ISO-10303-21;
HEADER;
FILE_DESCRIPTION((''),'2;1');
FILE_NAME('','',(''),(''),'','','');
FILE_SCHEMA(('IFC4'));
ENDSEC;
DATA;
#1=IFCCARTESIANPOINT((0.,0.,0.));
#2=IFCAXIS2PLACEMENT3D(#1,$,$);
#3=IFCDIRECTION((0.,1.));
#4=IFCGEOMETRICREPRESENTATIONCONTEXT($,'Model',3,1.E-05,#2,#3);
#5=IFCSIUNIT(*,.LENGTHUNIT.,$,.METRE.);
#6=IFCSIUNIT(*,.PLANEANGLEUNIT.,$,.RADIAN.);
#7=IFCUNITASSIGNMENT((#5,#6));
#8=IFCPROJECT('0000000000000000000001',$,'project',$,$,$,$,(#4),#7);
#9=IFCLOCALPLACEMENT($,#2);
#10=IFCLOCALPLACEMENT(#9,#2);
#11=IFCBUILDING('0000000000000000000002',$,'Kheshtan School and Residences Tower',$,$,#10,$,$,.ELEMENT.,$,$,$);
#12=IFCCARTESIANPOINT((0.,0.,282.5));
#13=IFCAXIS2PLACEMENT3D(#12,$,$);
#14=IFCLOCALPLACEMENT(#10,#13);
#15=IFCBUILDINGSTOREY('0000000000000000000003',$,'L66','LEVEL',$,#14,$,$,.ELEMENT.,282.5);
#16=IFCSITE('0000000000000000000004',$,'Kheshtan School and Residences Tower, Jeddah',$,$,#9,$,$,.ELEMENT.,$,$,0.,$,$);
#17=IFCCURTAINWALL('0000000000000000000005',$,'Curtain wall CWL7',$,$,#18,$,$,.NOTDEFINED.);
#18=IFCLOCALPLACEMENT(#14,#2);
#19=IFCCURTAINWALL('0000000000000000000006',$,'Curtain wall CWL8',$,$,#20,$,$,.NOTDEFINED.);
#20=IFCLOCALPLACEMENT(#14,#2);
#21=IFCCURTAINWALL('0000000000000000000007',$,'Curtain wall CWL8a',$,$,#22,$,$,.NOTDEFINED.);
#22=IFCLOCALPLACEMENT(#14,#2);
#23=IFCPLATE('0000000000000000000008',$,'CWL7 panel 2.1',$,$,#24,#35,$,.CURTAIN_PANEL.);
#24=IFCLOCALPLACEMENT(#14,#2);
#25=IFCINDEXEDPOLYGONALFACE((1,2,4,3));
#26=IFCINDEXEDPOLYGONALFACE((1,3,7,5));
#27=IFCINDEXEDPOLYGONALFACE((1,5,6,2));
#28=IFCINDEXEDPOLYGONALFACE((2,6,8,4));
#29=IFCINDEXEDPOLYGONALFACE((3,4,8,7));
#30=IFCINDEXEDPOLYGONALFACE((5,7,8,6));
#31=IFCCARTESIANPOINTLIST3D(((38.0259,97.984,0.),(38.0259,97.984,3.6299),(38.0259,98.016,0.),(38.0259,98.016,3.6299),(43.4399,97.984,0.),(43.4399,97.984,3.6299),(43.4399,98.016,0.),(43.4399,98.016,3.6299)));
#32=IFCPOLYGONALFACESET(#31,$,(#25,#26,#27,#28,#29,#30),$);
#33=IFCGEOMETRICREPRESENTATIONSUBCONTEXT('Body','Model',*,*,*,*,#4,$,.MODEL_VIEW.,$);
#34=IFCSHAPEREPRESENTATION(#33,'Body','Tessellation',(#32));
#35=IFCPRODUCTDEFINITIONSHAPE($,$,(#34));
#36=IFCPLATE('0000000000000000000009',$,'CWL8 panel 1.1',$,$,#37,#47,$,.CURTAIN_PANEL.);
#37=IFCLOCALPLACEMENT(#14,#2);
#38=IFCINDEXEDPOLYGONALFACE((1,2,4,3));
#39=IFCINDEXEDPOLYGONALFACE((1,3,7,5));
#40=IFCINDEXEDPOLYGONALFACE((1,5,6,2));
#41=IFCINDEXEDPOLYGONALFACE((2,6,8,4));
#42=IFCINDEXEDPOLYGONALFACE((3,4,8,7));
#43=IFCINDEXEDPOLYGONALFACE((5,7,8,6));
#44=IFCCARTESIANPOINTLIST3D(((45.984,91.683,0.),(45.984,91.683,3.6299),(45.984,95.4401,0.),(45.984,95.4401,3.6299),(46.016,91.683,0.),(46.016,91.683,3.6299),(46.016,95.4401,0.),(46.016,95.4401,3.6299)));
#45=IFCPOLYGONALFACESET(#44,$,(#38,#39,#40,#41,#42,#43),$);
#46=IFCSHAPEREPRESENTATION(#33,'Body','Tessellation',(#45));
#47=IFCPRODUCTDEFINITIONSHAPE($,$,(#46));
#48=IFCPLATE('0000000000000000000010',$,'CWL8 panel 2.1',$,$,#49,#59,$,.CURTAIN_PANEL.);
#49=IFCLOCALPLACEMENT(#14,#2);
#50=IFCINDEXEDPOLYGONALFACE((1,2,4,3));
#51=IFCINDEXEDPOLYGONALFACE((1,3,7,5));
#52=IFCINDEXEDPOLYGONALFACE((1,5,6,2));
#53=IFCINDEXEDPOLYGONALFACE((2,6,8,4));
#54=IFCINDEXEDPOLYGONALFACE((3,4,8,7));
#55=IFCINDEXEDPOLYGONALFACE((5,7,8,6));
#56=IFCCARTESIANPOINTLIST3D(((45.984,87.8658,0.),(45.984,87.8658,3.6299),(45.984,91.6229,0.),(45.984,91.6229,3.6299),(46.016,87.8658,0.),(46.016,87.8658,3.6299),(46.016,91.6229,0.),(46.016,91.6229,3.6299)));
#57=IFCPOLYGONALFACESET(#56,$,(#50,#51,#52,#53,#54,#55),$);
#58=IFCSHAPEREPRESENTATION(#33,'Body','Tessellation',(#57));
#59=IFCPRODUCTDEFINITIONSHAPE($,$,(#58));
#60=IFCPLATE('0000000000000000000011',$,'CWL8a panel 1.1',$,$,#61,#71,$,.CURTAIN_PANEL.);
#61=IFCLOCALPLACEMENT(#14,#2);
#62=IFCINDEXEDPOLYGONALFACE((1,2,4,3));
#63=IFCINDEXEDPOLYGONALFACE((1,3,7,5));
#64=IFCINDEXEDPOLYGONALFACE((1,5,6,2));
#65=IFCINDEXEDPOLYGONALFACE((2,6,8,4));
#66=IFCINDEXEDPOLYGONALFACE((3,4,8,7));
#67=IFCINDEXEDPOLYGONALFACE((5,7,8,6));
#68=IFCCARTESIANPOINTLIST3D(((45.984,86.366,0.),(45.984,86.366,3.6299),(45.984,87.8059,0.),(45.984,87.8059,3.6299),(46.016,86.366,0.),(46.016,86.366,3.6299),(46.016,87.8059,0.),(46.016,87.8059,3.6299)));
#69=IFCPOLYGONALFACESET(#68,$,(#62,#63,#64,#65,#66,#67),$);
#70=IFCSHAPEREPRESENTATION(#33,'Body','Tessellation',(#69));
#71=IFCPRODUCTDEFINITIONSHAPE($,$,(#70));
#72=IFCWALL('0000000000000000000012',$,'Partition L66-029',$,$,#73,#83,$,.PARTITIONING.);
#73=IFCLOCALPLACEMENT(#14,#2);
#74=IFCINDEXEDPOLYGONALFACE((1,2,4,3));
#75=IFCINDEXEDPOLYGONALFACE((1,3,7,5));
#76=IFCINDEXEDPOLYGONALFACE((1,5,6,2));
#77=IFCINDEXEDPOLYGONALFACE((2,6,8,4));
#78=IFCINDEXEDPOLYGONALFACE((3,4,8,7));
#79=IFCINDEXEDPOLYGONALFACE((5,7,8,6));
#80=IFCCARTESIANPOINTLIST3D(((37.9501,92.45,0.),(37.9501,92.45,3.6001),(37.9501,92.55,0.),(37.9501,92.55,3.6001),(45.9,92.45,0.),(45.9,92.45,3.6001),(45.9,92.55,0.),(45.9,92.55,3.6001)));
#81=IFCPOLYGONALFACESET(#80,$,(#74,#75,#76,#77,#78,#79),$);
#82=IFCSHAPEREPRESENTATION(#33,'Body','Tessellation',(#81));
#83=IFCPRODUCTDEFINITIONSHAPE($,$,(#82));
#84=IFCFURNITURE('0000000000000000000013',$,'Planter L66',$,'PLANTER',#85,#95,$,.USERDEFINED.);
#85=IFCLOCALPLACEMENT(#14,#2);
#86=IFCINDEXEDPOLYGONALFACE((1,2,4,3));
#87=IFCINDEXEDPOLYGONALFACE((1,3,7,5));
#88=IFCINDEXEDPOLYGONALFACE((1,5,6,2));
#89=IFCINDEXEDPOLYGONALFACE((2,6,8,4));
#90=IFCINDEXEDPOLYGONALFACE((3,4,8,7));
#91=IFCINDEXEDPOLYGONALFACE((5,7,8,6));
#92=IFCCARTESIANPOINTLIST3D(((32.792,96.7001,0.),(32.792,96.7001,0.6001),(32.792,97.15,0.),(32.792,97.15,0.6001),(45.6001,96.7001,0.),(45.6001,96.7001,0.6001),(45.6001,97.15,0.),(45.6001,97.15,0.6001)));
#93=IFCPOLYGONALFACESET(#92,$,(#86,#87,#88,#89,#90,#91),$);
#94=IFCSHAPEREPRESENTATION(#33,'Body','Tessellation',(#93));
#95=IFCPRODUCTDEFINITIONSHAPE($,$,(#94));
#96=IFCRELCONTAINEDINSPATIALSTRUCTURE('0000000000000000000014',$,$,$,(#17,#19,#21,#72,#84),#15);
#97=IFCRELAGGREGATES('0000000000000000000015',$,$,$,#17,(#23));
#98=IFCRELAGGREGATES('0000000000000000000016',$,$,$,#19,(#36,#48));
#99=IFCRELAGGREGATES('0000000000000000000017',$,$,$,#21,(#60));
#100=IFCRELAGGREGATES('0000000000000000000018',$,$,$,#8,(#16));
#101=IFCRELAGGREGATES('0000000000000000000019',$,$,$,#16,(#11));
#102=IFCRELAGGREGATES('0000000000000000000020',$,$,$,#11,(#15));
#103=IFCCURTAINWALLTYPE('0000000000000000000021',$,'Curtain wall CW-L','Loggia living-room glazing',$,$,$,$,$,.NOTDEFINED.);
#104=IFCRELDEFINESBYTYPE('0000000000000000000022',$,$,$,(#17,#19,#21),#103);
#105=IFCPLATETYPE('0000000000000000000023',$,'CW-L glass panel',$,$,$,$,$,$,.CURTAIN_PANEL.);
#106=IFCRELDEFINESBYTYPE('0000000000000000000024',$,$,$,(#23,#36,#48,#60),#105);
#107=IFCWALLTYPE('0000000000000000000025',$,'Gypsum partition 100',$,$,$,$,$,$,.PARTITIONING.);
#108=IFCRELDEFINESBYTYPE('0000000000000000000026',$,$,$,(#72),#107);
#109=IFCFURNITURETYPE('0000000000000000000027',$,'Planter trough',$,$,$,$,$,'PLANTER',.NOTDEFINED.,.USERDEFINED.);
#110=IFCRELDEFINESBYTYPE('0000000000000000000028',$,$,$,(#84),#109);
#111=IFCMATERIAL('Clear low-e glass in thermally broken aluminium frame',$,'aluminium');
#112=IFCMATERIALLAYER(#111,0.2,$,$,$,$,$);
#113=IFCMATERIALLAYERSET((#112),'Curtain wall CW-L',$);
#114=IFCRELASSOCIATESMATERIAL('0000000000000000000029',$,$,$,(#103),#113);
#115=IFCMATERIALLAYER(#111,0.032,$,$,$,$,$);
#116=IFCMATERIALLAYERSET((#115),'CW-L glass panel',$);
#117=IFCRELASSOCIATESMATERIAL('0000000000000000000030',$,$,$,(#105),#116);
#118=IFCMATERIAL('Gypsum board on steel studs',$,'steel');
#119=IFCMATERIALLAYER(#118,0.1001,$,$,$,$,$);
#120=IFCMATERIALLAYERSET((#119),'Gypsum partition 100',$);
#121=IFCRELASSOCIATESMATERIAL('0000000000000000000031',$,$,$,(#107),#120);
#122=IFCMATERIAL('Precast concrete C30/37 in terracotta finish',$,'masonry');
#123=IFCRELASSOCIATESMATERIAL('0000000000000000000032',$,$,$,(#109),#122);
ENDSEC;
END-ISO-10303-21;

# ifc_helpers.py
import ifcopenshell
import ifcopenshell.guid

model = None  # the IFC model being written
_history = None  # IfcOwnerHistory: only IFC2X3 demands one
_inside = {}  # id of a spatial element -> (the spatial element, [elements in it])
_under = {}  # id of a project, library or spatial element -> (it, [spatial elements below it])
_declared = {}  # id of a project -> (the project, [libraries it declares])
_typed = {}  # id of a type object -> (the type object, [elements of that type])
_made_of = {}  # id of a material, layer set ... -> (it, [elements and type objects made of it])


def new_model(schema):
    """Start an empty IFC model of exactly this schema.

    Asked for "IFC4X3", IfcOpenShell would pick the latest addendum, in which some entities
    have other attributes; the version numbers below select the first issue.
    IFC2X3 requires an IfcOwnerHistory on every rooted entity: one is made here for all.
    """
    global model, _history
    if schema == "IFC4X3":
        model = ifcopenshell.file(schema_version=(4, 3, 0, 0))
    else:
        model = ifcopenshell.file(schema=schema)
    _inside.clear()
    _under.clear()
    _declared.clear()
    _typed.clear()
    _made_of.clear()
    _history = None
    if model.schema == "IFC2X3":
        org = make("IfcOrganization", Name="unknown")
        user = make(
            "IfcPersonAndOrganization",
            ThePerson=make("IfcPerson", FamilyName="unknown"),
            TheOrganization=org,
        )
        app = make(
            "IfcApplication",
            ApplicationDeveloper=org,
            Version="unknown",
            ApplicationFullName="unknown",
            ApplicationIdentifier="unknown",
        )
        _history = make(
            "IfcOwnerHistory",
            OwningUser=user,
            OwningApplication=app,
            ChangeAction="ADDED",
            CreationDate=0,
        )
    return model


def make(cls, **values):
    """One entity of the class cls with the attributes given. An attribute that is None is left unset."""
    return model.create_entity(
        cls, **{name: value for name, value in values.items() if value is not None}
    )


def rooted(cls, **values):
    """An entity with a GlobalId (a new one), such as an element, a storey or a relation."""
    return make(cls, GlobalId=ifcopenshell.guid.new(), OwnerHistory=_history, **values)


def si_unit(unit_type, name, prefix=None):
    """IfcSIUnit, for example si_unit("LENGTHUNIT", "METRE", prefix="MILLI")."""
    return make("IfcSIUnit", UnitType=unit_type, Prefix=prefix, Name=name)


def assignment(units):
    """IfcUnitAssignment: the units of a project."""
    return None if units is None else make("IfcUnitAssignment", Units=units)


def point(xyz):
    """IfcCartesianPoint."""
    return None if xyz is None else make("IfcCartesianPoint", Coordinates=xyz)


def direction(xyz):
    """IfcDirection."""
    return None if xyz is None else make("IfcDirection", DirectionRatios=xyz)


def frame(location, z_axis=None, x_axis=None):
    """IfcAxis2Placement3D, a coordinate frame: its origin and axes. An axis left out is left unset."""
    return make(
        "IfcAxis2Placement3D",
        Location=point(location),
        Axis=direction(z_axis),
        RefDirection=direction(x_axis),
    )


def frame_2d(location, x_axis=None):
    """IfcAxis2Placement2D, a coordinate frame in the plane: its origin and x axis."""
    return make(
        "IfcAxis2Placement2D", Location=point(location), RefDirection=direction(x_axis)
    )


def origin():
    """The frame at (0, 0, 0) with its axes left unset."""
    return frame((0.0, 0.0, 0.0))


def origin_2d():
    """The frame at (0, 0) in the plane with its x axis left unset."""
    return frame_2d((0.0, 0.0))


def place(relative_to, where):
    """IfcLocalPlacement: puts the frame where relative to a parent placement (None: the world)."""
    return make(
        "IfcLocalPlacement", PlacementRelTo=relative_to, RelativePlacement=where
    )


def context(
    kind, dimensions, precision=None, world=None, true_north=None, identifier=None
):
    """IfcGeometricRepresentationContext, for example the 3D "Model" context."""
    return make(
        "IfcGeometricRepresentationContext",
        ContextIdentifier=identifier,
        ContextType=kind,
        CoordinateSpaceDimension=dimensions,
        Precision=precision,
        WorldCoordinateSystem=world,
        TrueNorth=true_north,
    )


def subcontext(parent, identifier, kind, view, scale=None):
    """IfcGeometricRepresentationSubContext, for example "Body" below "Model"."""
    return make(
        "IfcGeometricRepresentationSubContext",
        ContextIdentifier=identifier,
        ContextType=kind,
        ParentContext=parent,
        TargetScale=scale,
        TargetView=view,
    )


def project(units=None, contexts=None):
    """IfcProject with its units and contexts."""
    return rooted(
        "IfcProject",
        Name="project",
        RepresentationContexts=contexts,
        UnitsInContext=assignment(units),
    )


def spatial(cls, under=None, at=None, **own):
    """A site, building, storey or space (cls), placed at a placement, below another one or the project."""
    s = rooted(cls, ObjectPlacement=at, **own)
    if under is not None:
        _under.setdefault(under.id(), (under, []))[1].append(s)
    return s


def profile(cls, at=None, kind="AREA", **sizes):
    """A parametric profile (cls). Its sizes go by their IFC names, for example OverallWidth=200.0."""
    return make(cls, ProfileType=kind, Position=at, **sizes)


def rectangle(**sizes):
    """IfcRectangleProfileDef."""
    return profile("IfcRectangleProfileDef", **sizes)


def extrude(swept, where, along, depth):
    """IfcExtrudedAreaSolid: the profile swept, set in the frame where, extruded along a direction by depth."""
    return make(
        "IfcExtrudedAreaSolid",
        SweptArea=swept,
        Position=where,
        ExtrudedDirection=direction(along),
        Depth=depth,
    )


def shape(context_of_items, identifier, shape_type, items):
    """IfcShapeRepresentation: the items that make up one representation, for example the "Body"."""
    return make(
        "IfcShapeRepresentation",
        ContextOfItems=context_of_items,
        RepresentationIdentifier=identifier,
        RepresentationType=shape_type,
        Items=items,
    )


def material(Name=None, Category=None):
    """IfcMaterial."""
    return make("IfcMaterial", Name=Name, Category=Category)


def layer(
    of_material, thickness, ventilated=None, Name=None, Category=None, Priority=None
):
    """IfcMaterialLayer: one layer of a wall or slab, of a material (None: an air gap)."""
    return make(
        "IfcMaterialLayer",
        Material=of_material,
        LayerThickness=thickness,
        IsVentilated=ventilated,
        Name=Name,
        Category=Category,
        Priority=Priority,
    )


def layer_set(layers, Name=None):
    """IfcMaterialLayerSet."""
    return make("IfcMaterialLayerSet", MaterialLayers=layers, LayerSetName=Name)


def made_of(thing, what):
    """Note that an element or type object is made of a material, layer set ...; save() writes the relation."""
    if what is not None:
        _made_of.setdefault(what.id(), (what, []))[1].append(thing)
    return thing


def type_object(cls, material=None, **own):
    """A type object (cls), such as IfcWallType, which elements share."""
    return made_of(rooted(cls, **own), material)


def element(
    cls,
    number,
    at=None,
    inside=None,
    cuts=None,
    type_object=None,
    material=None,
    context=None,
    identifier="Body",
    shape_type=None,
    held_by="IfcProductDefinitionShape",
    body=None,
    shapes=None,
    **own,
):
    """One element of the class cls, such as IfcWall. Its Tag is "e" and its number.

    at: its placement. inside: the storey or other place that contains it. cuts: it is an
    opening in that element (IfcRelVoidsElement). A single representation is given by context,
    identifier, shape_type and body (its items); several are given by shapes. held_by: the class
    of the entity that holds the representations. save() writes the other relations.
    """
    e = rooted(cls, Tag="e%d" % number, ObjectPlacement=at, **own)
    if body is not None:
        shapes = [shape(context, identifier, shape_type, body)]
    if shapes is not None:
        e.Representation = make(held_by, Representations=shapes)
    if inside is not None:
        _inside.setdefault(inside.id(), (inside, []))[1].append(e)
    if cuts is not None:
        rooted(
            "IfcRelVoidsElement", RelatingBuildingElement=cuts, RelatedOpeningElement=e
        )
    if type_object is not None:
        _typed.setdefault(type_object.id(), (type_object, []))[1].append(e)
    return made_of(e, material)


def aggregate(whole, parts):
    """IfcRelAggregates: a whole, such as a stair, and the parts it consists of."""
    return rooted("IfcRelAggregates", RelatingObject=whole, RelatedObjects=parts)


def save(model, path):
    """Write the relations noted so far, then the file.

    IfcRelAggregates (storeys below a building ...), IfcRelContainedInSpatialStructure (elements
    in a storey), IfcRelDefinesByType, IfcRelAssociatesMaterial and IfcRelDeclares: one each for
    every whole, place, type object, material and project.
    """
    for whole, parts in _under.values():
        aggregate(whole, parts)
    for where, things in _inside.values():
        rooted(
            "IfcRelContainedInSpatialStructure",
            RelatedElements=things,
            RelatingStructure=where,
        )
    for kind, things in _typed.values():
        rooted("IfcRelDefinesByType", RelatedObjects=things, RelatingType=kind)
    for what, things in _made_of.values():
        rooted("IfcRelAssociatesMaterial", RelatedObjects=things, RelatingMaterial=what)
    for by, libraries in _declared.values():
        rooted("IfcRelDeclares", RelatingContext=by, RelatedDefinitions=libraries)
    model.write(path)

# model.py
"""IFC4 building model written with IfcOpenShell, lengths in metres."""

from ifc_helpers import new_model, si_unit, direction, frame, frame_2d, origin, origin_2d, place, context, subcontext, project, spatial, rectangle, extrude, material, layer, layer_set, type_object, element, aggregate, save


model = new_model("IFC4")

# Units and contexts
model_context = context("Model", 3, precision=1e-05, world=origin(), true_north=direction((0.0, 1.0)))
body_context = subcontext(model_context, "Body", "Model", "MODEL_VIEW")
ifc_project = project(units=[si_unit("LENGTHUNIT", "METRE"), si_unit("PLANEANGLEUNIT", "RADIAN")], contexts=[model_context])

# Site, building, storey
site_placement = place(None, origin())
site = spatial("IfcSite", under=ifc_project, at=site_placement, Name="Kheshtan School and Residences Tower, Jeddah", CompositionType="ELEMENT", RefElevation=0.0)
building_placement = place(site_placement, origin())
building = spatial("IfcBuilding", under=site, at=building_placement, Name="Kheshtan School and Residences Tower", CompositionType="ELEMENT")
storey_placement = place(building_placement, frame((0.0, 0.0, 282.5)))
storey = spatial("IfcBuildingStorey", under=building, at=storey_placement, Name="L66", Description="LEVEL", CompositionType="ELEMENT", Elevation=282.5)

# Curtain walls
ifc_material_1 = material(Name="Clear low-e glass in thermally broken aluminium frame", Category="aluminium")
ifc_layer_1 = layer(ifc_material_1, 0.2)
ifc_layer_set_1 = layer_set([ifc_layer_1], Name="Curtain wall CW-L")
curtain_wall_type = type_object("IfcCurtainWallType", Name="Curtain wall CW-L", Description="Loggia living-room glazing", PredefinedType="NOTDEFINED", material=ifc_layer_set_1)
curtain_wall_1_placement = place(storey_placement, origin())
curtain_wall_1 = element("IfcCurtainWall", 1, at=curtain_wall_1_placement, inside=storey, type_object=curtain_wall_type, Name="Curtain wall CWL7", PredefinedType="NOTDEFINED")
curtain_wall_2_placement = place(storey_placement, origin())
curtain_wall_2 = element("IfcCurtainWall", 2, at=curtain_wall_2_placement, inside=storey, type_object=curtain_wall_type, Name="Curtain wall CWL8", PredefinedType="NOTDEFINED")

# Curtain wall
curtain_wall_3_placement = place(storey_placement, origin())
curtain_wall_3 = element("IfcCurtainWall", 3, at=curtain_wall_3_placement, inside=storey, type_object=curtain_wall_type, Name="Curtain wall CWL8a", PredefinedType="NOTDEFINED")

# Plates
ifc_layer_2 = layer(ifc_material_1, 0.032)
ifc_layer_set_2 = layer_set([ifc_layer_2], Name="CW-L glass panel")
plate_type = type_object("IfcPlateType", Name="CW-L glass panel", PredefinedType="CURTAIN_PANEL", material=ifc_layer_set_2)
plate_1_placement = place(storey_placement, frame((40.7329, 98.0, 0.0), z_axis=(0.0, 0.0, 1.0), x_axis=(1.0, 0.0, 0.0)))
plate_1 = element("IfcPlate", 4, at=plate_1_placement, type_object=plate_type, Name="CWL7 panel 2.1", PredefinedType="CURTAIN_PANEL", context=body_context, shape_type="SweptSolid", body=[
    extrude(rectangle(XDim=5.4141, YDim=0.032, at=origin_2d()), origin(), (0.0, 0.0, 1.0), 3.6299),
])
aggregate(curtain_wall_1, [plate_1])
plate_2_placement = place(storey_placement, frame((46.0, 93.5615, 0.0), z_axis=(0.0, 0.0, 1.0), x_axis=(0.0, -1.0, 0.0)))
plate_2 = element("IfcPlate", 5, at=plate_2_placement, type_object=plate_type, Name="CWL8 panel 1.1", PredefinedType="CURTAIN_PANEL", context=body_context, shape_type="SweptSolid", body=[
    extrude(rectangle(XDim=3.7571, YDim=0.032, at=origin_2d()), origin(), (0.0, 0.0, 1.0), 3.6299),
])
plate_3_placement = place(storey_placement, frame((46.0, 89.7444, 0.0), z_axis=(0.0, 0.0, 1.0), x_axis=(0.0, -1.0, 0.0)))
plate_3 = element("IfcPlate", 6, at=plate_3_placement, type_object=plate_type, Name="CWL8 panel 2.1", PredefinedType="CURTAIN_PANEL", context=body_context, shape_type="SweptSolid", body=[
    extrude(rectangle(XDim=3.7571, YDim=0.032, at=origin_2d()), origin(), (0.0, 0.0, 1.0), 3.6299),
])
aggregate(curtain_wall_2, [plate_2, plate_3])
plate_4_placement = place(storey_placement, frame((46.0, 87.0859, 0.0), z_axis=(0.0, 0.0, 1.0), x_axis=(0.0, -1.0, 0.0)))
plate_4 = element("IfcPlate", 7, at=plate_4_placement, type_object=plate_type, Name="CWL8a panel 1.1", PredefinedType="CURTAIN_PANEL", context=body_context, shape_type="SweptSolid", body=[
    extrude(rectangle(XDim=1.4399, YDim=0.032, at=origin_2d()), origin(), (0.0, 0.0, 1.0), 3.6299),
])
aggregate(curtain_wall_3, [plate_4])

# Wall
ifc_material_2 = material(Name="Gypsum board on steel studs", Category="steel")
ifc_layer_3 = layer(ifc_material_2, 0.1001)
ifc_layer_set_3 = layer_set([ifc_layer_3], Name="Gypsum partition 100")
wall_type_1 = type_object("IfcWallType", Name="Gypsum partition 100", PredefinedType="PARTITIONING", material=ifc_layer_set_3)
wall_1_placement = place(storey_placement, frame((37.95, 92.5, 0.0), z_axis=(0.0, 0.0, 1.0), x_axis=(1.0, 0.0, 0.0)))
element("IfcWall", 8, at=wall_1_placement, inside=storey, type_object=wall_type_1, Name="Partition L66-029", PredefinedType="PARTITIONING", context=body_context, shape_type="SweptSolid", body=[
    extrude(rectangle(XDim=7.95, YDim=0.1001, at=frame_2d((3.9751, 0.0))), origin(), (0.0, 0.0, 1.0), 3.6001),
])

# Furniture
ifc_material_3 = material(Name="Precast concrete C30/37 in terracotta finish", Category="masonry")
furniture_type = type_object("IfcFurnitureType", Name="Planter trough", ElementType="PLANTER", AssemblyPlace="NOTDEFINED", PredefinedType="USERDEFINED", material=ifc_material_3)
furniture_placement = place(storey_placement, frame((39.196, 96.925, 0.0), z_axis=(0.0, 0.0, 1.0), x_axis=(1.0, 0.0, 0.0)))
element("IfcFurniture", 9, at=furniture_placement, inside=storey, type_object=furniture_type, Name="Planter L66", ObjectType="PLANTER", PredefinedType="USERDEFINED", context=body_context, shape_type="SweptSolid", body=[
    extrude(rectangle(XDim=12.8081, YDim=0.45, at=origin_2d()), origin(), (0.0, 0.0, 1.0), 0.6001),
])

save(model, "model.ifc")
